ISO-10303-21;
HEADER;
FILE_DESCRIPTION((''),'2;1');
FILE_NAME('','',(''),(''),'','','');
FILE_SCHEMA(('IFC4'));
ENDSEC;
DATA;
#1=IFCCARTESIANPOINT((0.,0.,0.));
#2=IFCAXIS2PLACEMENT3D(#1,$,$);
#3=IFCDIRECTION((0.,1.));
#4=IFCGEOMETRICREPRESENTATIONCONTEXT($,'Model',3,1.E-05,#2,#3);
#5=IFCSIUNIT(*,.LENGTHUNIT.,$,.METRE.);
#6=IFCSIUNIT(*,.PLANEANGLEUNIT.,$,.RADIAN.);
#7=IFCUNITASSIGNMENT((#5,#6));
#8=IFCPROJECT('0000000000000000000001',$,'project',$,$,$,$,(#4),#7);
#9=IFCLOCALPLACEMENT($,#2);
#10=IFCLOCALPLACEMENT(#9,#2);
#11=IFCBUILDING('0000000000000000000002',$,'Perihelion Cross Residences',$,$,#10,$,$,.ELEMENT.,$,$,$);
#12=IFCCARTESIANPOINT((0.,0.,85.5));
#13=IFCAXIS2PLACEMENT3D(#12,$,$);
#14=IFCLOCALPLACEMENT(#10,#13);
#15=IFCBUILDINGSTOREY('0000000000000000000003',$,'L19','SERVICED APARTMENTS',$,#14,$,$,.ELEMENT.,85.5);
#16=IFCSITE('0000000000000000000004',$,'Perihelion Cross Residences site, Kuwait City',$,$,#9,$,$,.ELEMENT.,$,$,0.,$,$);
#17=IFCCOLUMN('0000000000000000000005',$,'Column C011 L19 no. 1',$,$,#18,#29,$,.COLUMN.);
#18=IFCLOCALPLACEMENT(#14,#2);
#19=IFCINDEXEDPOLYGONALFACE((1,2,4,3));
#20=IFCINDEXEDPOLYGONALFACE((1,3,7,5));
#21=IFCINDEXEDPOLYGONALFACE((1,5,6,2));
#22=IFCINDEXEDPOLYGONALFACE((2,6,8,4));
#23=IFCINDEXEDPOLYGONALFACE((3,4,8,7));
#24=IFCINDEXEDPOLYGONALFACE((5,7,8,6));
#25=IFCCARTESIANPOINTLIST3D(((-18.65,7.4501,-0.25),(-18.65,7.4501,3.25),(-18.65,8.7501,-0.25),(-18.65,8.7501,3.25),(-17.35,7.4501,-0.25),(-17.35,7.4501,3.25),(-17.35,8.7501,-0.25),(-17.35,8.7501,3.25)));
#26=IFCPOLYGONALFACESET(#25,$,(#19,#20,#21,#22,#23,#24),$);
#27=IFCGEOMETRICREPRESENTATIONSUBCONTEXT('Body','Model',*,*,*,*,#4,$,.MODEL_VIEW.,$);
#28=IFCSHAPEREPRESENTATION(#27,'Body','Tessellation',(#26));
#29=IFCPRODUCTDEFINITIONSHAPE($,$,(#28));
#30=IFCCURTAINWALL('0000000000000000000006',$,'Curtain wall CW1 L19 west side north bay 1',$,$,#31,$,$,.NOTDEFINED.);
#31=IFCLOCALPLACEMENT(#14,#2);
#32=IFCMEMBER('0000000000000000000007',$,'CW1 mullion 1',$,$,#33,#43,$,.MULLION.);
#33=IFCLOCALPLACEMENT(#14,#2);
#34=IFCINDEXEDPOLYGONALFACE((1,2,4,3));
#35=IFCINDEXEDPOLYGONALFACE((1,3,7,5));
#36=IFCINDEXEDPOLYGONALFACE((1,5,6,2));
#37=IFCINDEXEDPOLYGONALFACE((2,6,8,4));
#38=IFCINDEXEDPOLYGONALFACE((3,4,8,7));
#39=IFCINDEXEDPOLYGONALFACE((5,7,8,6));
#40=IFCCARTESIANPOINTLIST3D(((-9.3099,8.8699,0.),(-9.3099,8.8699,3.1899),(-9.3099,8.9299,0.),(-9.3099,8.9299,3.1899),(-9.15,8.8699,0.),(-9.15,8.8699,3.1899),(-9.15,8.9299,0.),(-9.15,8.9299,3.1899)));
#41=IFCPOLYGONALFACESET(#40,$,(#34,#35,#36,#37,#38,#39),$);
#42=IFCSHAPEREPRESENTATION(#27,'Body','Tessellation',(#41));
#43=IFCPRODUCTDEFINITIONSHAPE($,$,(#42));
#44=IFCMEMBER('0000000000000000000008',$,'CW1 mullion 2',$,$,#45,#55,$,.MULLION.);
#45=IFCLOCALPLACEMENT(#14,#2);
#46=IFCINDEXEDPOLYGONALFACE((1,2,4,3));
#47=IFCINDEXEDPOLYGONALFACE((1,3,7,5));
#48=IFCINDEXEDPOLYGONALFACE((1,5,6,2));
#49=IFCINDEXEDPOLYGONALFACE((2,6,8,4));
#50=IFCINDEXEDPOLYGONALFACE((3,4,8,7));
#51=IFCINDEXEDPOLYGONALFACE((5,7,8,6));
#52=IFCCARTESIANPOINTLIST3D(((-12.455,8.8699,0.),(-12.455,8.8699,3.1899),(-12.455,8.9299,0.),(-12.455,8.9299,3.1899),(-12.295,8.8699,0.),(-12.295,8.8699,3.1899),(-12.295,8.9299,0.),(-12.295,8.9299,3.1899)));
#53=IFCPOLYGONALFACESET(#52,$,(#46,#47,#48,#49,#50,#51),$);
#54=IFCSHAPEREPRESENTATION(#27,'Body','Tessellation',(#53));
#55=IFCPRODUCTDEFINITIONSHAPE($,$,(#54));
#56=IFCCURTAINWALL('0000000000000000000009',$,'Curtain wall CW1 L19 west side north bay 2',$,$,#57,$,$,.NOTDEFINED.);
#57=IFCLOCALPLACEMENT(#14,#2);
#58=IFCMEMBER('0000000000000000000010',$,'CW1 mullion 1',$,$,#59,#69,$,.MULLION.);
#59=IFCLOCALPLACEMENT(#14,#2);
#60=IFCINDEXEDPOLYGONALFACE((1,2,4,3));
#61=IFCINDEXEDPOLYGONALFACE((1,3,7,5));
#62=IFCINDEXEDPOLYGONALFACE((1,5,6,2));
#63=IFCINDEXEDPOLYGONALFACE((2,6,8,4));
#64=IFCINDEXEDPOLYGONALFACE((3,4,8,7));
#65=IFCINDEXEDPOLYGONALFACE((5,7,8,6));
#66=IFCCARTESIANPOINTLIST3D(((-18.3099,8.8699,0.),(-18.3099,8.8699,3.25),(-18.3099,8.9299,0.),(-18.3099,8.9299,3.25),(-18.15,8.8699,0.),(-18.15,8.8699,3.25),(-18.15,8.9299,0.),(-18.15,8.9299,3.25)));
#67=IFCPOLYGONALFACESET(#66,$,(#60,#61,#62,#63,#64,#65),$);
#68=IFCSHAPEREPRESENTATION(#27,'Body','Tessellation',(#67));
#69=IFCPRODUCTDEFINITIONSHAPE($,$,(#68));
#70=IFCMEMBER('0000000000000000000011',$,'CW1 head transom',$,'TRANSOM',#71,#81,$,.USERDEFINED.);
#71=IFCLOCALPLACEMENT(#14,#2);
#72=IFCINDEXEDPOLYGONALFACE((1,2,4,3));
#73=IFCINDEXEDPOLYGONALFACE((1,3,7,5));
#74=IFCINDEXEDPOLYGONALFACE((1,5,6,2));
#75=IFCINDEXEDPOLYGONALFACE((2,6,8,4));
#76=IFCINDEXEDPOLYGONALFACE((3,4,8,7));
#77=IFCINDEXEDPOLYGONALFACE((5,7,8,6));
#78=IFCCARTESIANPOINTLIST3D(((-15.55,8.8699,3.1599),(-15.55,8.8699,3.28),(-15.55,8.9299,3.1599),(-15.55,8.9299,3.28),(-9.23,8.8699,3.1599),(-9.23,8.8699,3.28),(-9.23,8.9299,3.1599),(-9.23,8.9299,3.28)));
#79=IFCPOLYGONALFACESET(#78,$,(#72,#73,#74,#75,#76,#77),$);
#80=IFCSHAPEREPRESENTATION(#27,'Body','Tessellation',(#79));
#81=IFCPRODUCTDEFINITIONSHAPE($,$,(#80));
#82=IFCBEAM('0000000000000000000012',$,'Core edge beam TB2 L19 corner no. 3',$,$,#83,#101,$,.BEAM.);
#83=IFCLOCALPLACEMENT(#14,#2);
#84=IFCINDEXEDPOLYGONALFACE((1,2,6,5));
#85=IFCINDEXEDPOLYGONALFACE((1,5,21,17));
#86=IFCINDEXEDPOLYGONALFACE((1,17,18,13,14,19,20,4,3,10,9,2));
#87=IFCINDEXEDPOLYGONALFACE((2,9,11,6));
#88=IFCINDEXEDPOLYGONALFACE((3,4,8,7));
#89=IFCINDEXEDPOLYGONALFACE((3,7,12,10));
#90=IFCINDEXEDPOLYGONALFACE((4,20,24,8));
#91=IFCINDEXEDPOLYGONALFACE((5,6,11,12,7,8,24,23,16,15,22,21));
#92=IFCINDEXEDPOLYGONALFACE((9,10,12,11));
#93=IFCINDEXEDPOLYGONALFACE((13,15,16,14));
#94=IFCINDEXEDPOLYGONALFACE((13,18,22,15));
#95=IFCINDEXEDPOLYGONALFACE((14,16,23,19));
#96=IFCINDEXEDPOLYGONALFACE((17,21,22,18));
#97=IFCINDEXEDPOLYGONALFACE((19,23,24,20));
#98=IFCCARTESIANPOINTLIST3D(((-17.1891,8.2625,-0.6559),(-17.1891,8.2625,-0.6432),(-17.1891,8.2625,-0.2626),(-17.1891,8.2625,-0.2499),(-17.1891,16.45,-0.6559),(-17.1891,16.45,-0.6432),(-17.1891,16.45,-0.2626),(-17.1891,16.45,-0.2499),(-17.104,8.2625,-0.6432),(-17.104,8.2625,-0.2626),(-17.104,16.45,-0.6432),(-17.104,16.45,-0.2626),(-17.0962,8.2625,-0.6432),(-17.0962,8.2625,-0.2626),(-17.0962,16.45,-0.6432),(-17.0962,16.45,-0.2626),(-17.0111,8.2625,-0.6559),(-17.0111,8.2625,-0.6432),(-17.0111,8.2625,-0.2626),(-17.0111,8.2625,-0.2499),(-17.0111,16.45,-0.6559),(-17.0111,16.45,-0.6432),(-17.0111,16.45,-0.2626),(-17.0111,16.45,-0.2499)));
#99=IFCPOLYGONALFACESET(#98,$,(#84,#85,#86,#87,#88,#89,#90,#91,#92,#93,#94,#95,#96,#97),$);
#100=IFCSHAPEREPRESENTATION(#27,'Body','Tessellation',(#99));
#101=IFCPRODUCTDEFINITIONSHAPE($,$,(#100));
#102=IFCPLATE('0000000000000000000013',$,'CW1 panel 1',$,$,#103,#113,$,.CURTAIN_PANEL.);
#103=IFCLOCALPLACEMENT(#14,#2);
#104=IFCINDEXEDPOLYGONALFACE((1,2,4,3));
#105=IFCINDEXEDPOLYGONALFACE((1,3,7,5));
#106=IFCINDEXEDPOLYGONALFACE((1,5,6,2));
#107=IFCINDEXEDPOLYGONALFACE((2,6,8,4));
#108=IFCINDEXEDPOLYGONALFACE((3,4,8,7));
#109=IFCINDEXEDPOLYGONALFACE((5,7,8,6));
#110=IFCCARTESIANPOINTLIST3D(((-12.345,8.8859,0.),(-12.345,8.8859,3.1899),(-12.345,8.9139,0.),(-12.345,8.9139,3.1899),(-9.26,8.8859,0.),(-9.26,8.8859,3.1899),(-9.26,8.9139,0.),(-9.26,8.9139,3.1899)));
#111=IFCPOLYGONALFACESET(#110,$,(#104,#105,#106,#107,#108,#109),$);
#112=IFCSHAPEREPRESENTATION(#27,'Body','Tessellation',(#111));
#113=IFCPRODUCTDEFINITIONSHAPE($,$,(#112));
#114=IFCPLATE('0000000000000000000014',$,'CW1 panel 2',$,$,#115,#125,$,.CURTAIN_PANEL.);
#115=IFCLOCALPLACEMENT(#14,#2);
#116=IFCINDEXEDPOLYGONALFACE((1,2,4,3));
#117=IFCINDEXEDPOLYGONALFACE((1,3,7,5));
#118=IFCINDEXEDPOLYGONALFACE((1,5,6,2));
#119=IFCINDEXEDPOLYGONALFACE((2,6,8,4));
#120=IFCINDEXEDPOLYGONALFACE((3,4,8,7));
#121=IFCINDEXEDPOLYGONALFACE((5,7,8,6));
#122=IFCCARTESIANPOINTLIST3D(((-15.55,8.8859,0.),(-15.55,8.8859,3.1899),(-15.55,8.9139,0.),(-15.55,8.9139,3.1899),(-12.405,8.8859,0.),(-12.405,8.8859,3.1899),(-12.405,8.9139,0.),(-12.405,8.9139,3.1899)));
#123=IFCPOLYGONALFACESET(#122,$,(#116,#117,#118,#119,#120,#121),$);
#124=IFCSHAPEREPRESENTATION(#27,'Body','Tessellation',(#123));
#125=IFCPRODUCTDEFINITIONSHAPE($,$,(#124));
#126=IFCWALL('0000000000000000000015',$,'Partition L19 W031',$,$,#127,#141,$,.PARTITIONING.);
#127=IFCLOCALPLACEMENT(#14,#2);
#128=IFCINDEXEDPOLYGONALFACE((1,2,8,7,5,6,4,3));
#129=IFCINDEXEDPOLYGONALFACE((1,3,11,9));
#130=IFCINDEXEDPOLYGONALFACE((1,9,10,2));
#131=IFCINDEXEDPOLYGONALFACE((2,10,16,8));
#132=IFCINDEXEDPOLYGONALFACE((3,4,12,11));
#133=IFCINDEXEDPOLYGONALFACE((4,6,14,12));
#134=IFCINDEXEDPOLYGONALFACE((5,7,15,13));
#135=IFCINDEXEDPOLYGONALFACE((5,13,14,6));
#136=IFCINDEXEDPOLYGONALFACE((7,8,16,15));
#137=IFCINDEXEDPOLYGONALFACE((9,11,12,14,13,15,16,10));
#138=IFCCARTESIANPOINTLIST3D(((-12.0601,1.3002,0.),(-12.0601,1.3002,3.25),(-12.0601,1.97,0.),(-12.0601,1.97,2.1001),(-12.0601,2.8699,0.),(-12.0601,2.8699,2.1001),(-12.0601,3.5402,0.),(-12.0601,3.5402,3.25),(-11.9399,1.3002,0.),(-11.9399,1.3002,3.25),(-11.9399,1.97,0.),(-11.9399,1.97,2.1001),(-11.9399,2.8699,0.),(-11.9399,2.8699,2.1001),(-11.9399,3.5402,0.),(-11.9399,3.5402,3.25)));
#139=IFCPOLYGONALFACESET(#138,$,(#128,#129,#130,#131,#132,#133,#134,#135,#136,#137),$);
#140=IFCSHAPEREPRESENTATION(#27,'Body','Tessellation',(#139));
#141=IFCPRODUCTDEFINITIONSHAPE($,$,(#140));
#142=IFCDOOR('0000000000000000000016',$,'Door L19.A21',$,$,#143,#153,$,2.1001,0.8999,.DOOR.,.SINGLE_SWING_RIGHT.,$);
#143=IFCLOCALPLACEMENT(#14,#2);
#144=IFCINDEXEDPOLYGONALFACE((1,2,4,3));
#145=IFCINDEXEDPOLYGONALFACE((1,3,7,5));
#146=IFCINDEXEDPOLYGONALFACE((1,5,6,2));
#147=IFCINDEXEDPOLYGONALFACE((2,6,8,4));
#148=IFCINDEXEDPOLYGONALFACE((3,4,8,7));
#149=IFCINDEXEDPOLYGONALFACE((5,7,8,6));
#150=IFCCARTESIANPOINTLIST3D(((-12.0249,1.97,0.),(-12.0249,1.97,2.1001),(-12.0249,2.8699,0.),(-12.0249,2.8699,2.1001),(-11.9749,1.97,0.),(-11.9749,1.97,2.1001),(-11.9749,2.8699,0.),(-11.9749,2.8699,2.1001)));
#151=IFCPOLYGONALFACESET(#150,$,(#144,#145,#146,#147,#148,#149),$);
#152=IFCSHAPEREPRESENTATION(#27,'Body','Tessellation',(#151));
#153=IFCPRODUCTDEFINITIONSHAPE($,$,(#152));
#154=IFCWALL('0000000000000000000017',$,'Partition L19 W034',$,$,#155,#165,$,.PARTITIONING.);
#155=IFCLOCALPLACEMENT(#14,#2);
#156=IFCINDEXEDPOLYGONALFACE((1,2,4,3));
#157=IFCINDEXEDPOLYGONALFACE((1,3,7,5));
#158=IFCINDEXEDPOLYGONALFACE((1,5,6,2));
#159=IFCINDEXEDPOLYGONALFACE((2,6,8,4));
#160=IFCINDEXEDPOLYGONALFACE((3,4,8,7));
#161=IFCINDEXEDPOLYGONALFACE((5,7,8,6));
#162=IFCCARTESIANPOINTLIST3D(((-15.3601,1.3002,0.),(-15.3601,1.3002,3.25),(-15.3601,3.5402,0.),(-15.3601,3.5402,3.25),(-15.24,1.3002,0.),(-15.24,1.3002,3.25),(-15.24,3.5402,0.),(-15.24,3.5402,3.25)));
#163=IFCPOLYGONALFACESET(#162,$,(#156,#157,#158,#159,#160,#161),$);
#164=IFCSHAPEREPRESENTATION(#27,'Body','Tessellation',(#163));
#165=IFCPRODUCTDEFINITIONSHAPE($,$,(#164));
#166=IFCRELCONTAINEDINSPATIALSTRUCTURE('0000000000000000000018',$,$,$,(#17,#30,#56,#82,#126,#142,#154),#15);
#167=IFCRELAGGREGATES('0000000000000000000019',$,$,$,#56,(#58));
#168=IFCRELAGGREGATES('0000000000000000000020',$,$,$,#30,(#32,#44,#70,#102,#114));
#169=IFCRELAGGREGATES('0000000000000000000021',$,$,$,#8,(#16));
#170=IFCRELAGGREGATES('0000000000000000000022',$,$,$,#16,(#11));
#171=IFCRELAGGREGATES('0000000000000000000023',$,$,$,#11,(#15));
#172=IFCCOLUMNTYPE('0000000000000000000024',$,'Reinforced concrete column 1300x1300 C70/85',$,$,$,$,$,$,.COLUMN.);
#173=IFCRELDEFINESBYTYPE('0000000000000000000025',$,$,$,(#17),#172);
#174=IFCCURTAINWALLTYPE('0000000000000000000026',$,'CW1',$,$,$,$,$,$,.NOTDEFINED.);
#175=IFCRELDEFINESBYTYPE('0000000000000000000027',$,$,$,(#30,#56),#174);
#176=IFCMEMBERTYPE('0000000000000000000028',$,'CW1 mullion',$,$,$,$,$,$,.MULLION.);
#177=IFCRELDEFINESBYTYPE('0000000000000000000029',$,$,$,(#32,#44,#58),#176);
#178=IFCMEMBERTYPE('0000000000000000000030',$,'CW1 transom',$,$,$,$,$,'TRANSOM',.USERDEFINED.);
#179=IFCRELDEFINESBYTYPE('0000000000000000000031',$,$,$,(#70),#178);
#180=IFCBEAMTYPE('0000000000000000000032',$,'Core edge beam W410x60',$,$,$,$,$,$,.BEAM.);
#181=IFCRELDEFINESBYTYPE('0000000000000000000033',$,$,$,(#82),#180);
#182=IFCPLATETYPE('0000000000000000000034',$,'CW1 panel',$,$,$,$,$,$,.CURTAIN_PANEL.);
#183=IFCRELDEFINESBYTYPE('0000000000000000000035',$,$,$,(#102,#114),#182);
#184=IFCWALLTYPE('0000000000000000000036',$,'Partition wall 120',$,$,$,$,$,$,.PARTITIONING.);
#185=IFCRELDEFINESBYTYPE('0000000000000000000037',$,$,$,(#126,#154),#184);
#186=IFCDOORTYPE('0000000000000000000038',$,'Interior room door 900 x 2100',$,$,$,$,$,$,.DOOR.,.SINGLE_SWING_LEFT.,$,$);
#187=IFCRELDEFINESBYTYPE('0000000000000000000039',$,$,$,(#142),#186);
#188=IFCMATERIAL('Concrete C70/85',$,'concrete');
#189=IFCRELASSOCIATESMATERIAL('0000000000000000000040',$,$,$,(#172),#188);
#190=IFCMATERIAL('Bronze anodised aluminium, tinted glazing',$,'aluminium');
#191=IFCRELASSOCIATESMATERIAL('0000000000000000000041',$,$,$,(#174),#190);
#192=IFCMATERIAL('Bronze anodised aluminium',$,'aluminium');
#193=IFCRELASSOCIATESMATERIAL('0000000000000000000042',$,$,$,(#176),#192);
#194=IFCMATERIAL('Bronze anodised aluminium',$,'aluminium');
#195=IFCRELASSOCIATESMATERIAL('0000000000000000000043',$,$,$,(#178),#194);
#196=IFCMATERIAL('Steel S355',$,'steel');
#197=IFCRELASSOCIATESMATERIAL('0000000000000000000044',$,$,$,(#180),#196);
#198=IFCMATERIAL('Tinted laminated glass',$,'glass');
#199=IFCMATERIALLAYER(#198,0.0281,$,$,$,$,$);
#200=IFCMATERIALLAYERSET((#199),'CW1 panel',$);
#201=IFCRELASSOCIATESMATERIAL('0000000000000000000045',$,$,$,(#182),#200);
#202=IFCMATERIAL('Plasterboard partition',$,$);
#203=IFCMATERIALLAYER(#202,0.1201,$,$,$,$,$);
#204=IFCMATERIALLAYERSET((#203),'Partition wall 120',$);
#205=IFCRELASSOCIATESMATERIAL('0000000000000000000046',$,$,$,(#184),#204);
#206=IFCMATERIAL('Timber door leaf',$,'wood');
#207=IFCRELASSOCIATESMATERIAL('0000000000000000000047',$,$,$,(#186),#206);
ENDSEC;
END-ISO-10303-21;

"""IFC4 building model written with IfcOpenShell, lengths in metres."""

from ifc_helpers import new_model, si_unit, direction, frame, frame_2d, origin, origin_2d, place, context, subcontext, project, spatial, rectangle, i_section, extrude, material, layer, layer_set, material_profile, profile_set, type_object, element, fill, aggregate, save


model = new_model("IFC4")

# Units and contexts
model_context = context("Model", 3, precision=1e-05, world=origin(), true_north=direction((0.0, 1.0)))
body_context = subcontext(model_context, "Body", "Model", "MODEL_VIEW")
ifc_project = project(units=[si_unit("LENGTHUNIT", "METRE"), si_unit("PLANEANGLEUNIT", "RADIAN")], contexts=[model_context])

# Site, building, storey
site_placement = place(None, origin())
site = spatial("IfcSite", under=ifc_project, at=site_placement, Name="Perihelion Cross Residences site, Kuwait City", CompositionType="ELEMENT", RefElevation=0.0)
building_placement = place(site_placement, origin())
building = spatial("IfcBuilding", under=site, at=building_placement, Name="Perihelion Cross Residences", CompositionType="ELEMENT")
storey_placement = place(building_placement, frame((0.0, 0.0, 85.5)))
storey = spatial("IfcBuildingStorey", under=building, at=storey_placement, Name="L19", Description="SERVICED APARTMENTS", CompositionType="ELEMENT", Elevation=85.5)

# Column
ifc_material_1 = material(Name="Concrete C70/85", Category="concrete")
ifc_material_profile_1 = material_profile(ifc_material_1, rectangle(XDim=1.3, YDim=1.3, at=origin_2d()), Name="RC 1300x1300")
ifc_profile_set_1 = profile_set([ifc_material_profile_1], Name="Concrete C70/85")
column_type = type_object("IfcColumnType", Name="Reinforced concrete column 1300x1300 C70/85", PredefinedType="COLUMN", material=ifc_profile_set_1)
column_placement = place(storey_placement, frame((-18.0, 8.1001, -0.25), z_axis=(0.0, 0.0, 1.0), x_axis=(1.0, 0.0, 0.0)))
element("IfcColumn", 1, at=column_placement, inside=storey, type_object=column_type, Name="Column C011 L19 no. 1", PredefinedType="COLUMN", context=body_context, shape_type="SweptSolid", body=[
    extrude(rectangle(XDim=1.3, YDim=1.3, at=origin_2d()), origin(), (0.0, 0.0, 1.0), 3.5),
])

# Curtain wall, members
ifc_material_2 = material(Name="Bronze anodised aluminium, tinted glazing", Category="aluminium")
curtain_wall_type = type_object("IfcCurtainWallType", Name="CW1", PredefinedType="NOTDEFINED", material=ifc_material_2)
curtain_wall_1_placement = place(storey_placement, origin())
curtain_wall_1 = element("IfcCurtainWall", 2, at=curtain_wall_1_placement, inside=storey, type_object=curtain_wall_type, Name="Curtain wall CW1 L19 west side north bay 1", PredefinedType="NOTDEFINED")
ifc_material_3 = material(Name="Bronze anodised aluminium", Category="aluminium")
ifc_material_profile_2 = material_profile(ifc_material_3, rectangle(XDim=0.0601, YDim=0.1599, at=origin_2d()), Name="CW1 mullion")
ifc_profile_set_2 = profile_set([ifc_material_profile_2], Name="Bronze anodised aluminium")
member_type_1 = type_object("IfcMemberType", Name="CW1 mullion", PredefinedType="MULLION", material=ifc_profile_set_2)
member_1_placement = place(storey_placement, frame((-9.23, 8.8999, 0.0), z_axis=(0.0, 0.0, 1.0), x_axis=(0.0, -1.0, 0.0)))
member_1 = element("IfcMember", 3, at=member_1_placement, type_object=member_type_1, Name="CW1 mullion 1", PredefinedType="MULLION", context=body_context, shape_type="SweptSolid", body=[
    extrude(rectangle(XDim=0.0601, YDim=0.1599, at=origin_2d()), origin(), (0.0, 0.0, 1.0), 3.1899),
])
member_2_placement = place(storey_placement, frame((-12.375, 8.8999, 0.0), z_axis=(0.0, 0.0, 1.0), x_axis=(0.0, -1.0, 0.0)))
member_2 = element("IfcMember", 4, at=member_2_placement, type_object=member_type_1, Name="CW1 mullion 2", PredefinedType="MULLION", context=body_context, shape_type="SweptSolid", body=[
    extrude(rectangle(XDim=0.0601, YDim=0.1599, at=origin_2d()), origin(), (0.0, 0.0, 1.0), 3.1899),
])

# Curtain wall, member
curtain_wall_2_placement = place(storey_placement, origin())
curtain_wall_2 = element("IfcCurtainWall", 5, at=curtain_wall_2_placement, inside=storey, type_object=curtain_wall_type, Name="Curtain wall CW1 L19 west side north bay 2", PredefinedType="NOTDEFINED")
member_3_placement = place(storey_placement, frame((-18.23, 8.8999, 0.0), z_axis=(0.0, 0.0, 1.0), x_axis=(0.0, -1.0, 0.0)))
member_3 = element("IfcMember", 6, at=member_3_placement, type_object=member_type_1, Name="CW1 mullion 1", PredefinedType="MULLION", context=body_context, shape_type="SweptSolid", body=[
    extrude(rectangle(XDim=0.0601, YDim=0.1599, at=origin_2d()), origin(), (0.0, 0.0, 1.0), 3.25),
])
aggregate(curtain_wall_2, [member_3])

# Member
ifc_material_4 = material(Name="Bronze anodised aluminium", Category="aluminium")
ifc_material_profile_3 = material_profile(ifc_material_4, rectangle(XDim=0.0601, YDim=0.1201, at=origin_2d()), Name="CW1 transom")
ifc_profile_set_3 = profile_set([ifc_material_profile_3], Name="Bronze anodised aluminium")
member_type_2 = type_object("IfcMemberType", Name="CW1 transom", ElementType="TRANSOM", PredefinedType="USERDEFINED", material=ifc_profile_set_3)
member_4_placement = place(storey_placement, frame((-9.23, 8.8999, 3.22), z_axis=(-1.0, 0.0, 0.0), x_axis=(0.0, -1.0, 0.0)))
member_4 = element("IfcMember", 7, at=member_4_placement, type_object=member_type_2, Name="CW1 head transom", ObjectType="TRANSOM", PredefinedType="USERDEFINED", context=body_context, shape_type="SweptSolid", body=[
    extrude(rectangle(XDim=0.0601, YDim=0.1201, at=origin_2d()), origin(), (0.0, 0.0, 1.0), 6.3201),
])

# Beam
ifc_material_5 = material(Name="Steel S355", Category="steel")
ifc_material_profile_4 = material_profile(ifc_material_5, i_section(OverallWidth=0.178, OverallDepth=0.406, WebThickness=0.0078, FlangeThickness=0.0127, at=origin_2d()), Name="W410x60")
ifc_profile_set_4 = profile_set([ifc_material_profile_4], Name="Steel S355")
beam_type = type_object("IfcBeamType", Name="Core edge beam W410x60", PredefinedType="BEAM", material=ifc_profile_set_4)
beam_placement = place(storey_placement, frame((-17.1001, 8.2625, -0.4529), z_axis=(0.0, 1.0, 0.0), x_axis=(-1.0, 0.0, 0.0)))
element("IfcBeam", 8, at=beam_placement, inside=storey, type_object=beam_type, Name="Core edge beam TB2 L19 corner no. 3", PredefinedType="BEAM", context=body_context, shape_type="SweptSolid", body=[
    extrude(i_section(OverallWidth=0.178, OverallDepth=0.406, WebThickness=0.0078, FlangeThickness=0.0127, at=origin_2d()), origin(), (0.0, 0.0, 1.0), 8.1875),
])

# Plates
ifc_material_6 = material(Name="Tinted laminated glass", Category="glass")
ifc_layer_1 = layer(ifc_material_6, 0.0281)
ifc_layer_set_1 = layer_set([ifc_layer_1], Name="CW1 panel")
plate_type = type_object("IfcPlateType", Name="CW1 panel", PredefinedType="CURTAIN_PANEL", material=ifc_layer_set_1)
plate_1_placement = place(storey_placement, frame((-10.8025, 8.8999, 0.0), z_axis=(0.0, 0.0, 1.0), x_axis=(-1.0, 0.0, 0.0)))
plate_1 = element("IfcPlate", 9, at=plate_1_placement, type_object=plate_type, Name="CW1 panel 1", PredefinedType="CURTAIN_PANEL", context=body_context, shape_type="SweptSolid", body=[
    extrude(rectangle(XDim=3.085, YDim=0.0281, at=origin_2d()), origin(), (0.0, 0.0, 1.0), 3.1899),
])
plate_2_placement = place(storey_placement, frame((-13.9775, 8.8999, 0.0), z_axis=(0.0, 0.0, 1.0), x_axis=(-1.0, 0.0, 0.0)))
plate_2 = element("IfcPlate", 10, at=plate_2_placement, type_object=plate_type, Name="CW1 panel 2", PredefinedType="CURTAIN_PANEL", context=body_context, shape_type="SweptSolid", body=[
    extrude(rectangle(XDim=3.145, YDim=0.0281, at=origin_2d()), origin(), (0.0, 0.0, 1.0), 3.1899),
])
aggregate(curtain_wall_1, [member_1, member_2, member_4, plate_1, plate_2])

# Wall, opening, door
ifc_material_7 = material(Name="Plasterboard partition")
ifc_layer_2 = layer(ifc_material_7, 0.1201)
ifc_layer_set_2 = layer_set([ifc_layer_2], Name="Partition wall 120")
wall_type_1 = type_object("IfcWallType", Name="Partition wall 120", PredefinedType="PARTITIONING", material=ifc_layer_set_2)
wall_1_placement = place(storey_placement, frame((-12.0, 1.3, 0.0), z_axis=(0.0, 0.0, 1.0), x_axis=(0.0, 1.0, 0.0)))
wall_1 = element("IfcWall", 11, at=wall_1_placement, inside=storey, type_object=wall_type_1, Name="Partition L19 W031", PredefinedType="PARTITIONING", context=body_context, shape_type="SweptSolid", body=[
    extrude(rectangle(XDim=2.24, YDim=0.1201, at=frame_2d((1.1201, 0.0))), origin(), (0.0, 0.0, 1.0), 3.25),
])
opening_1_placement = place(wall_1_placement, frame((0.6699, 0.0, 0.0)))
opening_1 = element("IfcOpeningElement", 12, at=opening_1_placement, cuts=wall_1, PredefinedType="OPENING", context=body_context, shape_type="SweptSolid", body=[
    extrude(rectangle(XDim=0.8999, YDim=2.1001, at=frame_2d((0.45, 1.05))), frame((0.0, 0.0701, 0.0), z_axis=(0.0, -1.0, 0.0), x_axis=(1.0, 0.0, 0.0)), (0.0, 0.0, 1.0), 0.1401),
])
ifc_material_8 = material(Name="Timber door leaf", Category="wood")
door_type_1 = type_object("IfcDoorType", Name="Interior room door 900 x 2100", OperationType="SINGLE_SWING_LEFT", PredefinedType="DOOR", material=ifc_material_8)
door_1_placement = place(opening_1_placement, origin())
door_1 = element("IfcDoor", 13, at=door_1_placement, inside=storey, type_object=door_type_1, Name="Door L19.A21", OperationType="SINGLE_SWING_RIGHT", OverallHeight=2.1001, OverallWidth=0.8999, PredefinedType="DOOR", context=body_context, shape_type="SweptSolid", body=[
    extrude(rectangle(XDim=0.8999, YDim=2.1001, at=frame_2d((0.45, 1.05))), frame((0.0, 0.0249, 0.0), z_axis=(0.0, -1.0, 0.0), x_axis=(1.0, 0.0, 0.0)), (0.0, 0.0, 1.0), 0.05),
])
fill(opening_1, door_1)

# Wall
wall_2_placement = place(storey_placement, frame((-15.3, 1.3, 0.0), z_axis=(0.0, 0.0, 1.0), x_axis=(0.0, 1.0, 0.0)))
element("IfcWall", 14, at=wall_2_placement, inside=storey, type_object=wall_type_1, Name="Partition L19 W034", PredefinedType="PARTITIONING", context=body_context, shape_type="SweptSolid", body=[
    extrude(rectangle(XDim=2.24, YDim=0.1201, at=frame_2d((1.1201, 0.0))), origin(), (0.0, 0.0, 1.0), 3.25),
])

save(model, "model.ifc")
